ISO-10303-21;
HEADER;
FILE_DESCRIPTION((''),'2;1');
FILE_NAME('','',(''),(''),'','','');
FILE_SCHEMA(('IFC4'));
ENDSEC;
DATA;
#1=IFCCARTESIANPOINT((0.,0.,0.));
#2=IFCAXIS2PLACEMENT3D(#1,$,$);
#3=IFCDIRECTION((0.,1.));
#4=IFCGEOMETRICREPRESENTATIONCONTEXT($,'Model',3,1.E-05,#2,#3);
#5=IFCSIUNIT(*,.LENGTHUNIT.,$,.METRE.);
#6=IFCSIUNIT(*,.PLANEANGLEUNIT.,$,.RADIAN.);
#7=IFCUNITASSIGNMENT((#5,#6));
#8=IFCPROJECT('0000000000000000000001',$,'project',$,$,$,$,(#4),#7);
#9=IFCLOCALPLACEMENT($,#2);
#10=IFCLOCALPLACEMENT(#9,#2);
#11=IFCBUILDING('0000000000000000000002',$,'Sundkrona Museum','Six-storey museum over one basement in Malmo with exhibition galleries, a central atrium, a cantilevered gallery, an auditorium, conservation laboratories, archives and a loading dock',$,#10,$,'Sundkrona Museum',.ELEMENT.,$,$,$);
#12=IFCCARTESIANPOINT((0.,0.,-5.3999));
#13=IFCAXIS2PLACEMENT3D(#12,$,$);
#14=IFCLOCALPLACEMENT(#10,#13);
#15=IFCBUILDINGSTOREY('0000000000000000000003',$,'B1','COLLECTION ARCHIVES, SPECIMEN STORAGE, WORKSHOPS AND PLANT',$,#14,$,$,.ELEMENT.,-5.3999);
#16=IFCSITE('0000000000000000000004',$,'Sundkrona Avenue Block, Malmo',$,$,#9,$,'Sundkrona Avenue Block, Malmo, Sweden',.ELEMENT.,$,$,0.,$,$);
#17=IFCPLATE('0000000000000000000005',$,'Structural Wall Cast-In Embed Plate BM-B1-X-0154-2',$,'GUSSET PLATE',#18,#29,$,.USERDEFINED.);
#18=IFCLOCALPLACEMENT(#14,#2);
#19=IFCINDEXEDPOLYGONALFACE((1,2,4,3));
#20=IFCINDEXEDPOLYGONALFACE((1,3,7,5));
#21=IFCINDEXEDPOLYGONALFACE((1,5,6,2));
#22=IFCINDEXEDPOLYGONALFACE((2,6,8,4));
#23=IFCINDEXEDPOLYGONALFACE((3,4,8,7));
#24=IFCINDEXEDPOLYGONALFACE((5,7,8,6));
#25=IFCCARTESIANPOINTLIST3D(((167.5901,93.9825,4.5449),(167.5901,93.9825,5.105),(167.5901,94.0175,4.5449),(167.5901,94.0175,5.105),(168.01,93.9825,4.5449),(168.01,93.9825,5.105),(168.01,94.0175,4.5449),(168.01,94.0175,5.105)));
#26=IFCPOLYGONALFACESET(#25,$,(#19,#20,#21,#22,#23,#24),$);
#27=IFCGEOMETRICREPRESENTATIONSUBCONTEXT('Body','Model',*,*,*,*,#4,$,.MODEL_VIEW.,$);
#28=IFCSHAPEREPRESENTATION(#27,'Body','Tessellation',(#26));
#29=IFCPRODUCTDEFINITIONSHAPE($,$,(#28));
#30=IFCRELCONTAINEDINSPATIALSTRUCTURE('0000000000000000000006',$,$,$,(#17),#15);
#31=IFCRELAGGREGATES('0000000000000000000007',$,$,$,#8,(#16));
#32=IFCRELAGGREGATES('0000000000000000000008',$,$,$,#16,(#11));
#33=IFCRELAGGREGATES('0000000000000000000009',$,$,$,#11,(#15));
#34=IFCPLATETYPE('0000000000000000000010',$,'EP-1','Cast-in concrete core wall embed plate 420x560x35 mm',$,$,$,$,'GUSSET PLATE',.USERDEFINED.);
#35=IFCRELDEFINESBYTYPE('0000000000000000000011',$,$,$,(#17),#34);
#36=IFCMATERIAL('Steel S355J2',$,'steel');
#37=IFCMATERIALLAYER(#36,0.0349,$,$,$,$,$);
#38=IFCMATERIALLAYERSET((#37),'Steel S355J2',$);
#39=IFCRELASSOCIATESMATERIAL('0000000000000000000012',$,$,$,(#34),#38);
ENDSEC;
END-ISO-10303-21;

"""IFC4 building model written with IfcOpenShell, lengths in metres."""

from ifc_helpers import new_model, si_unit, direction, frame, origin, origin_2d, place, context, subcontext, project, spatial, rectangle, extrude, material, layer, layer_set, type_object, element, save


model = new_model("IFC4")

# Units and contexts
model_context = context("Model", 3, precision=1e-05, world=origin(), true_north=direction((0.0, 1.0)))
body_context = subcontext(model_context, "Body", "Model", "MODEL_VIEW")
ifc_project = project(units=[si_unit("LENGTHUNIT", "METRE"), si_unit("PLANEANGLEUNIT", "RADIAN")], contexts=[model_context])

# Site, building, storey
site_placement = place(None, origin())
site = spatial("IfcSite", under=ifc_project, at=site_placement, Name="Sundkrona Avenue Block, Malmo", LongName="Sundkrona Avenue Block, Malmo, Sweden", CompositionType="ELEMENT", RefElevation=0.0)
building_placement = place(site_placement, origin())
building = spatial("IfcBuilding", under=site, at=building_placement, Name="Sundkrona Museum", Description="Six-storey museum over one basement in Malmo with exhibition galleries, a central atrium, a cantilevered gallery, an auditorium, conservation laboratories, archives and a loading dock", LongName="Sundkrona Museum", CompositionType="ELEMENT")
storey_placement = place(building_placement, frame((0.0, 0.0, -5.3999)))
storey = spatial("IfcBuildingStorey", under=building, at=storey_placement, Name="B1", Description="COLLECTION ARCHIVES, SPECIMEN STORAGE, WORKSHOPS AND PLANT", CompositionType="ELEMENT", Elevation=-5.3999)

# Shared definitions
ifc_material_1 = material(Name="Steel S355J2", Category="steel")

# Plate
ifc_layer = layer(ifc_material_1, 0.0349)
ifc_layer_set = layer_set([ifc_layer], Name="Steel S355J2")
plate_type = type_object("IfcPlateType", Name="EP-1", Description="Cast-in concrete core wall embed plate 420x560x35 mm", ElementType="GUSSET PLATE", PredefinedType="USERDEFINED", material=ifc_layer_set)
plate_placement = place(storey_placement, frame((167.8, 94.0, 4.5449), z_axis=(0.0, 0.0, 1.0), x_axis=(1.0, 0.0, 0.0)))
element("IfcPlate", 1, at=plate_placement, inside=storey, type_object=plate_type, Name="Structural Wall Cast-In Embed Plate BM-B1-X-0154-2", ObjectType="GUSSET PLATE", PredefinedType="USERDEFINED", context=body_context, shape_type="SweptSolid", body=[
    extrude(rectangle(XDim=0.4199, YDim=0.0349, at=origin_2d()), origin(), (0.0, 0.0, 1.0), 0.5601),
])

save(model, "model.ifc")
